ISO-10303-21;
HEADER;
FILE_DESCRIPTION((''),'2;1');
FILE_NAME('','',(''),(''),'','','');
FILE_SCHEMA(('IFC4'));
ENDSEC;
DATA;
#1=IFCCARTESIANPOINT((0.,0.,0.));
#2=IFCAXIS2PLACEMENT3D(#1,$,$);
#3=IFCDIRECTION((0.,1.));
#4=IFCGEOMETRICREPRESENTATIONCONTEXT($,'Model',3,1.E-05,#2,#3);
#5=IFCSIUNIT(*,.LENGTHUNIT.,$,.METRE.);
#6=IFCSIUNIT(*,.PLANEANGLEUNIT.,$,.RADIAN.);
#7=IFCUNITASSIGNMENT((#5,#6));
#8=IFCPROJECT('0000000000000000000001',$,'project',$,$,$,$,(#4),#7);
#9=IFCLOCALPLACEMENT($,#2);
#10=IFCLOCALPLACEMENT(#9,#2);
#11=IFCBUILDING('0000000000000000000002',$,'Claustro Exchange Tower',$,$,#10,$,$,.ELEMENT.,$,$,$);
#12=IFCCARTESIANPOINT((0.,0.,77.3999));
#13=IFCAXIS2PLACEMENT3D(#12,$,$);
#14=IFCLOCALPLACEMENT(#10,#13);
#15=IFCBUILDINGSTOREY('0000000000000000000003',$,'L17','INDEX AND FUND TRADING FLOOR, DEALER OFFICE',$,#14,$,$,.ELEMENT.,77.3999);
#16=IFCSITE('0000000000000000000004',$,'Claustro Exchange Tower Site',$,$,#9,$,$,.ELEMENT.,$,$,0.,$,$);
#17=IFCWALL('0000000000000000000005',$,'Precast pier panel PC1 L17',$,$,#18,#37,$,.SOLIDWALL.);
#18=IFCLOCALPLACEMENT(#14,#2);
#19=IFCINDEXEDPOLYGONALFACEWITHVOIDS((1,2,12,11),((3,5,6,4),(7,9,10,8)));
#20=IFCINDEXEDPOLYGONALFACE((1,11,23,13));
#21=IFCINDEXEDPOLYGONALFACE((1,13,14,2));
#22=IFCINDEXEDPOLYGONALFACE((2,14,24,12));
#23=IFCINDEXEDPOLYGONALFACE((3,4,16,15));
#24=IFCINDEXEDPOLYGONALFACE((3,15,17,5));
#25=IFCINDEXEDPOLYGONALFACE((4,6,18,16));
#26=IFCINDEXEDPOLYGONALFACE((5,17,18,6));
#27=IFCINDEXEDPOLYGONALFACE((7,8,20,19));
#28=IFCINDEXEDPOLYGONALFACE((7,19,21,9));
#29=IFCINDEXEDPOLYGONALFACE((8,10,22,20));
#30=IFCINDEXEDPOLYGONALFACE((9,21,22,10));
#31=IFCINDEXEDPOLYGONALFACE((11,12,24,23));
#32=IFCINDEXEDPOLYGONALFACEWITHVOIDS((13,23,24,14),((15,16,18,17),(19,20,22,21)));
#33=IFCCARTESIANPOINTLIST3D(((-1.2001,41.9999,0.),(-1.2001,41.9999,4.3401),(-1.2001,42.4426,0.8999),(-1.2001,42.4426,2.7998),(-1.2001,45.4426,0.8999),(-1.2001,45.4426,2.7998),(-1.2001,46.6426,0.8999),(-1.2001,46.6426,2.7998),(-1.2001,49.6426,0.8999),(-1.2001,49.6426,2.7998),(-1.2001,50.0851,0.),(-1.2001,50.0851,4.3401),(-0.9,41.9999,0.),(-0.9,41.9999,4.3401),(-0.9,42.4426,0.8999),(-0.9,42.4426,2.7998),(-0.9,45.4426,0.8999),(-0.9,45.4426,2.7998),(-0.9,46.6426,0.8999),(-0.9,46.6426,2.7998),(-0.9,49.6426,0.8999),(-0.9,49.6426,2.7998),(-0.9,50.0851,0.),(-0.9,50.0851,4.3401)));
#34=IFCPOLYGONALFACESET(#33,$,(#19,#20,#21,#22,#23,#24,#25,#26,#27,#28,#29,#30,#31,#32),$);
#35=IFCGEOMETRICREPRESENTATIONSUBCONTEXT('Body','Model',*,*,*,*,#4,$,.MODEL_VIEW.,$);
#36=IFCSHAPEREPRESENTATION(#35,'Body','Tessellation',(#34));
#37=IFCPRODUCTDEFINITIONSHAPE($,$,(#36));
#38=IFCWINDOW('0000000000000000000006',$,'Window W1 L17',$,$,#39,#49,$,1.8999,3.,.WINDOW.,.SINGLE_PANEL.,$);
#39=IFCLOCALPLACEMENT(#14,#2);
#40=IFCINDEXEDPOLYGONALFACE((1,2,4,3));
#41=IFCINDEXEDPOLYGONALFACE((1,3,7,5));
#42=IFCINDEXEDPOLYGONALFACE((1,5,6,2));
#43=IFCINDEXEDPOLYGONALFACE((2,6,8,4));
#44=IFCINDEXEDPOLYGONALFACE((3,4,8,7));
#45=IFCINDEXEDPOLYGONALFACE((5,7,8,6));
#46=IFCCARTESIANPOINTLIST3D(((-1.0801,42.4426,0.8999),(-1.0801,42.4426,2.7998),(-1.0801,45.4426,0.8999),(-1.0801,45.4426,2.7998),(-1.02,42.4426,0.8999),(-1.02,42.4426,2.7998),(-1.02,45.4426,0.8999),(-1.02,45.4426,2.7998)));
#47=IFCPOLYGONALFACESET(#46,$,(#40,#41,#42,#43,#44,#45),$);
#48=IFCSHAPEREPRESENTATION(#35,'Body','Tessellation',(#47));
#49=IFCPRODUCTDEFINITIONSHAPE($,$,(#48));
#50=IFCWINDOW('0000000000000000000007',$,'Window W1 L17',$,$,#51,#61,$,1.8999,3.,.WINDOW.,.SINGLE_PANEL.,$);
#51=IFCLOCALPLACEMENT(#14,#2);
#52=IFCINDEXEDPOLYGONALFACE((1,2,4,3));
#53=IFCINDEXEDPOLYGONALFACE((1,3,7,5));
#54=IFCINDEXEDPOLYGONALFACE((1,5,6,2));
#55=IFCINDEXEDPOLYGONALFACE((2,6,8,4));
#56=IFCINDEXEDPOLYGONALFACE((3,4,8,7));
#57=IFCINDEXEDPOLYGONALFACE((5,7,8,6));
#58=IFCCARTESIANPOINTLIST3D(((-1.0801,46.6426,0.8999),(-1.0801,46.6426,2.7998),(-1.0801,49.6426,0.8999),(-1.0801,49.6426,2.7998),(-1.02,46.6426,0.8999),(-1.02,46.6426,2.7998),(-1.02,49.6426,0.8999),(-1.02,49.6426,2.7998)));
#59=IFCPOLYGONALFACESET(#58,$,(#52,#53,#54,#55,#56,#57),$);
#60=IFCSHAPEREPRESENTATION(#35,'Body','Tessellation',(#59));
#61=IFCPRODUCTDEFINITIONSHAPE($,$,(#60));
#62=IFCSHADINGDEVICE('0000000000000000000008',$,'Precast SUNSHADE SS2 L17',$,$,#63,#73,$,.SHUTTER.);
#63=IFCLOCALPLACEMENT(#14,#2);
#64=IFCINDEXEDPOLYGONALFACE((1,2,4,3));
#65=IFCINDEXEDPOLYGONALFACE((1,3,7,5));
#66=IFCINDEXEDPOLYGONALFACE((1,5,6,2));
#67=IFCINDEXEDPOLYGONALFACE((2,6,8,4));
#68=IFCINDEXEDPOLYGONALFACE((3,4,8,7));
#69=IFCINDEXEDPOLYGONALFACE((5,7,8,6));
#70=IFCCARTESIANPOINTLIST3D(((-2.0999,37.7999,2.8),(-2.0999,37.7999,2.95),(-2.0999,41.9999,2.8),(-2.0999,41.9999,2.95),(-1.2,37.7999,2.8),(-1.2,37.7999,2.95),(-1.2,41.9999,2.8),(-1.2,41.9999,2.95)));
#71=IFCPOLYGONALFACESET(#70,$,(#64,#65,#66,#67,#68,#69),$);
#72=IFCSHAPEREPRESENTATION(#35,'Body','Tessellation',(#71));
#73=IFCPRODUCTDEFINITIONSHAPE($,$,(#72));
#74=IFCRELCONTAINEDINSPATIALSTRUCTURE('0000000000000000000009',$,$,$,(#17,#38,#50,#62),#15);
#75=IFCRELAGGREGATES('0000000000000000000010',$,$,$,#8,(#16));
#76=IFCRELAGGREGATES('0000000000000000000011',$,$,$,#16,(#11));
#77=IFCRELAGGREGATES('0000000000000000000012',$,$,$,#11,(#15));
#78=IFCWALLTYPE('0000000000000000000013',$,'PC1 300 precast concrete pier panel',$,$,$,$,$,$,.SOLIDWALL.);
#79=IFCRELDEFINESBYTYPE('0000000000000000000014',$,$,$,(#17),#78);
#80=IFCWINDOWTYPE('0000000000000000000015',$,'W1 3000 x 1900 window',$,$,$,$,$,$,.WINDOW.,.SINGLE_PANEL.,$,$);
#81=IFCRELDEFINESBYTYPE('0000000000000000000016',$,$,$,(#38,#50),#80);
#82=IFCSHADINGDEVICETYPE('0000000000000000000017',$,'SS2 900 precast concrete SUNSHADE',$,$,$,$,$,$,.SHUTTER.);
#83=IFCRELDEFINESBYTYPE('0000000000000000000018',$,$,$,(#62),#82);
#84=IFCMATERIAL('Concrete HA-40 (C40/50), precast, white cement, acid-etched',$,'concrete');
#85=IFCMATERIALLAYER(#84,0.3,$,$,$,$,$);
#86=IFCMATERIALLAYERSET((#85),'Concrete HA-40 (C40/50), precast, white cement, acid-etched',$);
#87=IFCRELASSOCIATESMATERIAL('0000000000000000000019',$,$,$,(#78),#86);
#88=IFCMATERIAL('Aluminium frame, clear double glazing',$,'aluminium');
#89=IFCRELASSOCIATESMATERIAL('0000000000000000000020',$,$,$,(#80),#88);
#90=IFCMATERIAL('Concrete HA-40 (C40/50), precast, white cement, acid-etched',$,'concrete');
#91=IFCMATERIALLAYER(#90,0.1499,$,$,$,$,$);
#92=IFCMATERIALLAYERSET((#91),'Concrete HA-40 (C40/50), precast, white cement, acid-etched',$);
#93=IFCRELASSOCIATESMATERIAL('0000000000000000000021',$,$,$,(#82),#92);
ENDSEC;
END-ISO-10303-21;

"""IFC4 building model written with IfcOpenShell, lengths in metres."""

from ifc_helpers import new_model, si_unit, direction, frame, frame_2d, origin, origin_2d, place, context, subcontext, project, spatial, rectangle, extrude, material, layer, layer_set, type_object, element, fill, save


model = new_model("IFC4")

# Units and contexts
model_context = context("Model", 3, precision=1e-05, world=origin(), true_north=direction((0.0, 1.0)))
body_context = subcontext(model_context, "Body", "Model", "MODEL_VIEW")
ifc_project = project(units=[si_unit("LENGTHUNIT", "METRE"), si_unit("PLANEANGLEUNIT", "RADIAN")], contexts=[model_context])

# Site, building, storey
site_placement = place(None, origin())
site = spatial("IfcSite", under=ifc_project, at=site_placement, Name="Claustro Exchange Tower Site", CompositionType="ELEMENT", RefElevation=0.0)
building_placement = place(site_placement, origin())
building = spatial("IfcBuilding", under=site, at=building_placement, Name="Claustro Exchange Tower", CompositionType="ELEMENT")
storey_placement = place(building_placement, frame((0.0, 0.0, 77.3999)))
storey = spatial("IfcBuildingStorey", under=building, at=storey_placement, Name="L17", Description="INDEX AND FUND TRADING FLOOR, DEALER OFFICE", CompositionType="ELEMENT", Elevation=77.3999)

# Wall, openings, windows
ifc_material_1 = material(Name="Concrete HA-40 (C40/50), precast, white cement, acid-etched", Category="concrete")
ifc_layer_1 = layer(ifc_material_1, 0.3)
ifc_layer_set_1 = layer_set([ifc_layer_1], Name="Concrete HA-40 (C40/50), precast, white cement, acid-etched")
wall_type_1 = type_object("IfcWallType", Name="PC1 300 precast concrete pier panel", PredefinedType="SOLIDWALL", material=ifc_layer_set_1)
wall_1_placement = place(storey_placement, frame((-1.05, 42.0, 0.0), z_axis=(0.0, 0.0, 1.0), x_axis=(0.0, 1.0, 0.0)))
wall_1 = element("IfcWall", 1, at=wall_1_placement, inside=storey, type_object=wall_type_1, Name="Precast pier panel PC1 L17", PredefinedType="SOLIDWALL", context=body_context, shape_type="SweptSolid", body=[
    extrude(rectangle(XDim=8.0852, YDim=0.3, at=frame_2d((4.0425, 0.0))), origin(), (0.0, 0.0, 1.0), 4.3401),
])
opening_1_placement = place(wall_1_placement, frame((0.4426, 0.0, 0.8999)))
opening_1 = element("IfcOpeningElement", 2, at=opening_1_placement, cuts=wall_1, PredefinedType="OPENING", context=body_context, shape_type="SweptSolid", body=[
    extrude(rectangle(XDim=3.0, YDim=1.8999, at=frame_2d((1.5, 0.95))), frame((0.0, 0.1599, 0.0), z_axis=(0.0, -1.0, 0.0), x_axis=(1.0, 0.0, 0.0)), (0.0, 0.0, 1.0), 0.3201),
])
opening_2_placement = place(wall_1_placement, frame((4.6426, 0.0, 0.8999)))
opening_2 = element("IfcOpeningElement", 3, at=opening_2_placement, cuts=wall_1, PredefinedType="OPENING", context=body_context, shape_type="SweptSolid", body=[
    extrude(rectangle(XDim=3.0, YDim=1.8999, at=frame_2d((1.5, 0.95))), frame((0.0, 0.1599, 0.0), z_axis=(0.0, -1.0, 0.0), x_axis=(1.0, 0.0, 0.0)), (0.0, 0.0, 1.0), 0.3201),
])
ifc_material_2 = material(Name="Aluminium frame, clear double glazing", Category="aluminium")
window_type = type_object("IfcWindowType", Name="W1 3000 x 1900 window", PartitioningType="SINGLE_PANEL", PredefinedType="WINDOW", material=ifc_material_2)
window_1_placement = place(opening_1_placement, origin())
window_1 = element("IfcWindow", 4, at=window_1_placement, inside=storey, type_object=window_type, Name="Window W1 L17", OverallHeight=1.8999, OverallWidth=3.0, PartitioningType="SINGLE_PANEL", PredefinedType="WINDOW", context=body_context, shape_type="SweptSolid", body=[
    extrude(rectangle(XDim=3.0, YDim=1.8999, at=frame_2d((1.5, 0.95))), frame((0.0, 0.03, 0.0), z_axis=(0.0, -1.0, 0.0), x_axis=(1.0, 0.0, 0.0)), (0.0, 0.0, 1.0), 0.0601),
])
fill(opening_1, window_1)
window_2_placement = place(opening_2_placement, origin())
window_2 = element("IfcWindow", 5, at=window_2_placement, inside=storey, type_object=window_type, Name="Window W1 L17", OverallHeight=1.8999, OverallWidth=3.0, PartitioningType="SINGLE_PANEL", PredefinedType="WINDOW", context=body_context, shape_type="SweptSolid", body=[
    extrude(rectangle(XDim=3.0, YDim=1.8999, at=frame_2d((1.5, 0.95))), frame((0.0, 0.03, 0.0), z_axis=(0.0, -1.0, 0.0), x_axis=(1.0, 0.0, 0.0)), (0.0, 0.0, 1.0), 0.0601),
])
fill(opening_2, window_2)

# Shading device
ifc_material_3 = material(Name="Concrete HA-40 (C40/50), precast, white cement, acid-etched", Category="concrete")
ifc_layer_2 = layer(ifc_material_3, 0.1499)
ifc_layer_set_2 = layer_set([ifc_layer_2], Name="Concrete HA-40 (C40/50), precast, white cement, acid-etched")
shading_device_type = type_object("IfcShadingDeviceType", Name="SS2 900 precast concrete SUNSHADE", PredefinedType="SHUTTER", material=ifc_layer_set_2)
shading_device_placement = place(storey_placement, frame((-1.6499, 39.8999, 2.8), z_axis=(0.0, 0.0, 1.0), x_axis=(0.0, 1.0, 0.0)))
element("IfcShadingDevice", 6, at=shading_device_placement, inside=storey, type_object=shading_device_type, Name="Precast SUNSHADE SS2 L17", PredefinedType="SHUTTER", context=body_context, shape_type="SweptSolid", body=[
    extrude(rectangle(XDim=4.2, YDim=0.8999, at=origin_2d()), origin(), (0.0, 0.0, 1.0), 0.1499),
])

save(model, "model.ifc")
